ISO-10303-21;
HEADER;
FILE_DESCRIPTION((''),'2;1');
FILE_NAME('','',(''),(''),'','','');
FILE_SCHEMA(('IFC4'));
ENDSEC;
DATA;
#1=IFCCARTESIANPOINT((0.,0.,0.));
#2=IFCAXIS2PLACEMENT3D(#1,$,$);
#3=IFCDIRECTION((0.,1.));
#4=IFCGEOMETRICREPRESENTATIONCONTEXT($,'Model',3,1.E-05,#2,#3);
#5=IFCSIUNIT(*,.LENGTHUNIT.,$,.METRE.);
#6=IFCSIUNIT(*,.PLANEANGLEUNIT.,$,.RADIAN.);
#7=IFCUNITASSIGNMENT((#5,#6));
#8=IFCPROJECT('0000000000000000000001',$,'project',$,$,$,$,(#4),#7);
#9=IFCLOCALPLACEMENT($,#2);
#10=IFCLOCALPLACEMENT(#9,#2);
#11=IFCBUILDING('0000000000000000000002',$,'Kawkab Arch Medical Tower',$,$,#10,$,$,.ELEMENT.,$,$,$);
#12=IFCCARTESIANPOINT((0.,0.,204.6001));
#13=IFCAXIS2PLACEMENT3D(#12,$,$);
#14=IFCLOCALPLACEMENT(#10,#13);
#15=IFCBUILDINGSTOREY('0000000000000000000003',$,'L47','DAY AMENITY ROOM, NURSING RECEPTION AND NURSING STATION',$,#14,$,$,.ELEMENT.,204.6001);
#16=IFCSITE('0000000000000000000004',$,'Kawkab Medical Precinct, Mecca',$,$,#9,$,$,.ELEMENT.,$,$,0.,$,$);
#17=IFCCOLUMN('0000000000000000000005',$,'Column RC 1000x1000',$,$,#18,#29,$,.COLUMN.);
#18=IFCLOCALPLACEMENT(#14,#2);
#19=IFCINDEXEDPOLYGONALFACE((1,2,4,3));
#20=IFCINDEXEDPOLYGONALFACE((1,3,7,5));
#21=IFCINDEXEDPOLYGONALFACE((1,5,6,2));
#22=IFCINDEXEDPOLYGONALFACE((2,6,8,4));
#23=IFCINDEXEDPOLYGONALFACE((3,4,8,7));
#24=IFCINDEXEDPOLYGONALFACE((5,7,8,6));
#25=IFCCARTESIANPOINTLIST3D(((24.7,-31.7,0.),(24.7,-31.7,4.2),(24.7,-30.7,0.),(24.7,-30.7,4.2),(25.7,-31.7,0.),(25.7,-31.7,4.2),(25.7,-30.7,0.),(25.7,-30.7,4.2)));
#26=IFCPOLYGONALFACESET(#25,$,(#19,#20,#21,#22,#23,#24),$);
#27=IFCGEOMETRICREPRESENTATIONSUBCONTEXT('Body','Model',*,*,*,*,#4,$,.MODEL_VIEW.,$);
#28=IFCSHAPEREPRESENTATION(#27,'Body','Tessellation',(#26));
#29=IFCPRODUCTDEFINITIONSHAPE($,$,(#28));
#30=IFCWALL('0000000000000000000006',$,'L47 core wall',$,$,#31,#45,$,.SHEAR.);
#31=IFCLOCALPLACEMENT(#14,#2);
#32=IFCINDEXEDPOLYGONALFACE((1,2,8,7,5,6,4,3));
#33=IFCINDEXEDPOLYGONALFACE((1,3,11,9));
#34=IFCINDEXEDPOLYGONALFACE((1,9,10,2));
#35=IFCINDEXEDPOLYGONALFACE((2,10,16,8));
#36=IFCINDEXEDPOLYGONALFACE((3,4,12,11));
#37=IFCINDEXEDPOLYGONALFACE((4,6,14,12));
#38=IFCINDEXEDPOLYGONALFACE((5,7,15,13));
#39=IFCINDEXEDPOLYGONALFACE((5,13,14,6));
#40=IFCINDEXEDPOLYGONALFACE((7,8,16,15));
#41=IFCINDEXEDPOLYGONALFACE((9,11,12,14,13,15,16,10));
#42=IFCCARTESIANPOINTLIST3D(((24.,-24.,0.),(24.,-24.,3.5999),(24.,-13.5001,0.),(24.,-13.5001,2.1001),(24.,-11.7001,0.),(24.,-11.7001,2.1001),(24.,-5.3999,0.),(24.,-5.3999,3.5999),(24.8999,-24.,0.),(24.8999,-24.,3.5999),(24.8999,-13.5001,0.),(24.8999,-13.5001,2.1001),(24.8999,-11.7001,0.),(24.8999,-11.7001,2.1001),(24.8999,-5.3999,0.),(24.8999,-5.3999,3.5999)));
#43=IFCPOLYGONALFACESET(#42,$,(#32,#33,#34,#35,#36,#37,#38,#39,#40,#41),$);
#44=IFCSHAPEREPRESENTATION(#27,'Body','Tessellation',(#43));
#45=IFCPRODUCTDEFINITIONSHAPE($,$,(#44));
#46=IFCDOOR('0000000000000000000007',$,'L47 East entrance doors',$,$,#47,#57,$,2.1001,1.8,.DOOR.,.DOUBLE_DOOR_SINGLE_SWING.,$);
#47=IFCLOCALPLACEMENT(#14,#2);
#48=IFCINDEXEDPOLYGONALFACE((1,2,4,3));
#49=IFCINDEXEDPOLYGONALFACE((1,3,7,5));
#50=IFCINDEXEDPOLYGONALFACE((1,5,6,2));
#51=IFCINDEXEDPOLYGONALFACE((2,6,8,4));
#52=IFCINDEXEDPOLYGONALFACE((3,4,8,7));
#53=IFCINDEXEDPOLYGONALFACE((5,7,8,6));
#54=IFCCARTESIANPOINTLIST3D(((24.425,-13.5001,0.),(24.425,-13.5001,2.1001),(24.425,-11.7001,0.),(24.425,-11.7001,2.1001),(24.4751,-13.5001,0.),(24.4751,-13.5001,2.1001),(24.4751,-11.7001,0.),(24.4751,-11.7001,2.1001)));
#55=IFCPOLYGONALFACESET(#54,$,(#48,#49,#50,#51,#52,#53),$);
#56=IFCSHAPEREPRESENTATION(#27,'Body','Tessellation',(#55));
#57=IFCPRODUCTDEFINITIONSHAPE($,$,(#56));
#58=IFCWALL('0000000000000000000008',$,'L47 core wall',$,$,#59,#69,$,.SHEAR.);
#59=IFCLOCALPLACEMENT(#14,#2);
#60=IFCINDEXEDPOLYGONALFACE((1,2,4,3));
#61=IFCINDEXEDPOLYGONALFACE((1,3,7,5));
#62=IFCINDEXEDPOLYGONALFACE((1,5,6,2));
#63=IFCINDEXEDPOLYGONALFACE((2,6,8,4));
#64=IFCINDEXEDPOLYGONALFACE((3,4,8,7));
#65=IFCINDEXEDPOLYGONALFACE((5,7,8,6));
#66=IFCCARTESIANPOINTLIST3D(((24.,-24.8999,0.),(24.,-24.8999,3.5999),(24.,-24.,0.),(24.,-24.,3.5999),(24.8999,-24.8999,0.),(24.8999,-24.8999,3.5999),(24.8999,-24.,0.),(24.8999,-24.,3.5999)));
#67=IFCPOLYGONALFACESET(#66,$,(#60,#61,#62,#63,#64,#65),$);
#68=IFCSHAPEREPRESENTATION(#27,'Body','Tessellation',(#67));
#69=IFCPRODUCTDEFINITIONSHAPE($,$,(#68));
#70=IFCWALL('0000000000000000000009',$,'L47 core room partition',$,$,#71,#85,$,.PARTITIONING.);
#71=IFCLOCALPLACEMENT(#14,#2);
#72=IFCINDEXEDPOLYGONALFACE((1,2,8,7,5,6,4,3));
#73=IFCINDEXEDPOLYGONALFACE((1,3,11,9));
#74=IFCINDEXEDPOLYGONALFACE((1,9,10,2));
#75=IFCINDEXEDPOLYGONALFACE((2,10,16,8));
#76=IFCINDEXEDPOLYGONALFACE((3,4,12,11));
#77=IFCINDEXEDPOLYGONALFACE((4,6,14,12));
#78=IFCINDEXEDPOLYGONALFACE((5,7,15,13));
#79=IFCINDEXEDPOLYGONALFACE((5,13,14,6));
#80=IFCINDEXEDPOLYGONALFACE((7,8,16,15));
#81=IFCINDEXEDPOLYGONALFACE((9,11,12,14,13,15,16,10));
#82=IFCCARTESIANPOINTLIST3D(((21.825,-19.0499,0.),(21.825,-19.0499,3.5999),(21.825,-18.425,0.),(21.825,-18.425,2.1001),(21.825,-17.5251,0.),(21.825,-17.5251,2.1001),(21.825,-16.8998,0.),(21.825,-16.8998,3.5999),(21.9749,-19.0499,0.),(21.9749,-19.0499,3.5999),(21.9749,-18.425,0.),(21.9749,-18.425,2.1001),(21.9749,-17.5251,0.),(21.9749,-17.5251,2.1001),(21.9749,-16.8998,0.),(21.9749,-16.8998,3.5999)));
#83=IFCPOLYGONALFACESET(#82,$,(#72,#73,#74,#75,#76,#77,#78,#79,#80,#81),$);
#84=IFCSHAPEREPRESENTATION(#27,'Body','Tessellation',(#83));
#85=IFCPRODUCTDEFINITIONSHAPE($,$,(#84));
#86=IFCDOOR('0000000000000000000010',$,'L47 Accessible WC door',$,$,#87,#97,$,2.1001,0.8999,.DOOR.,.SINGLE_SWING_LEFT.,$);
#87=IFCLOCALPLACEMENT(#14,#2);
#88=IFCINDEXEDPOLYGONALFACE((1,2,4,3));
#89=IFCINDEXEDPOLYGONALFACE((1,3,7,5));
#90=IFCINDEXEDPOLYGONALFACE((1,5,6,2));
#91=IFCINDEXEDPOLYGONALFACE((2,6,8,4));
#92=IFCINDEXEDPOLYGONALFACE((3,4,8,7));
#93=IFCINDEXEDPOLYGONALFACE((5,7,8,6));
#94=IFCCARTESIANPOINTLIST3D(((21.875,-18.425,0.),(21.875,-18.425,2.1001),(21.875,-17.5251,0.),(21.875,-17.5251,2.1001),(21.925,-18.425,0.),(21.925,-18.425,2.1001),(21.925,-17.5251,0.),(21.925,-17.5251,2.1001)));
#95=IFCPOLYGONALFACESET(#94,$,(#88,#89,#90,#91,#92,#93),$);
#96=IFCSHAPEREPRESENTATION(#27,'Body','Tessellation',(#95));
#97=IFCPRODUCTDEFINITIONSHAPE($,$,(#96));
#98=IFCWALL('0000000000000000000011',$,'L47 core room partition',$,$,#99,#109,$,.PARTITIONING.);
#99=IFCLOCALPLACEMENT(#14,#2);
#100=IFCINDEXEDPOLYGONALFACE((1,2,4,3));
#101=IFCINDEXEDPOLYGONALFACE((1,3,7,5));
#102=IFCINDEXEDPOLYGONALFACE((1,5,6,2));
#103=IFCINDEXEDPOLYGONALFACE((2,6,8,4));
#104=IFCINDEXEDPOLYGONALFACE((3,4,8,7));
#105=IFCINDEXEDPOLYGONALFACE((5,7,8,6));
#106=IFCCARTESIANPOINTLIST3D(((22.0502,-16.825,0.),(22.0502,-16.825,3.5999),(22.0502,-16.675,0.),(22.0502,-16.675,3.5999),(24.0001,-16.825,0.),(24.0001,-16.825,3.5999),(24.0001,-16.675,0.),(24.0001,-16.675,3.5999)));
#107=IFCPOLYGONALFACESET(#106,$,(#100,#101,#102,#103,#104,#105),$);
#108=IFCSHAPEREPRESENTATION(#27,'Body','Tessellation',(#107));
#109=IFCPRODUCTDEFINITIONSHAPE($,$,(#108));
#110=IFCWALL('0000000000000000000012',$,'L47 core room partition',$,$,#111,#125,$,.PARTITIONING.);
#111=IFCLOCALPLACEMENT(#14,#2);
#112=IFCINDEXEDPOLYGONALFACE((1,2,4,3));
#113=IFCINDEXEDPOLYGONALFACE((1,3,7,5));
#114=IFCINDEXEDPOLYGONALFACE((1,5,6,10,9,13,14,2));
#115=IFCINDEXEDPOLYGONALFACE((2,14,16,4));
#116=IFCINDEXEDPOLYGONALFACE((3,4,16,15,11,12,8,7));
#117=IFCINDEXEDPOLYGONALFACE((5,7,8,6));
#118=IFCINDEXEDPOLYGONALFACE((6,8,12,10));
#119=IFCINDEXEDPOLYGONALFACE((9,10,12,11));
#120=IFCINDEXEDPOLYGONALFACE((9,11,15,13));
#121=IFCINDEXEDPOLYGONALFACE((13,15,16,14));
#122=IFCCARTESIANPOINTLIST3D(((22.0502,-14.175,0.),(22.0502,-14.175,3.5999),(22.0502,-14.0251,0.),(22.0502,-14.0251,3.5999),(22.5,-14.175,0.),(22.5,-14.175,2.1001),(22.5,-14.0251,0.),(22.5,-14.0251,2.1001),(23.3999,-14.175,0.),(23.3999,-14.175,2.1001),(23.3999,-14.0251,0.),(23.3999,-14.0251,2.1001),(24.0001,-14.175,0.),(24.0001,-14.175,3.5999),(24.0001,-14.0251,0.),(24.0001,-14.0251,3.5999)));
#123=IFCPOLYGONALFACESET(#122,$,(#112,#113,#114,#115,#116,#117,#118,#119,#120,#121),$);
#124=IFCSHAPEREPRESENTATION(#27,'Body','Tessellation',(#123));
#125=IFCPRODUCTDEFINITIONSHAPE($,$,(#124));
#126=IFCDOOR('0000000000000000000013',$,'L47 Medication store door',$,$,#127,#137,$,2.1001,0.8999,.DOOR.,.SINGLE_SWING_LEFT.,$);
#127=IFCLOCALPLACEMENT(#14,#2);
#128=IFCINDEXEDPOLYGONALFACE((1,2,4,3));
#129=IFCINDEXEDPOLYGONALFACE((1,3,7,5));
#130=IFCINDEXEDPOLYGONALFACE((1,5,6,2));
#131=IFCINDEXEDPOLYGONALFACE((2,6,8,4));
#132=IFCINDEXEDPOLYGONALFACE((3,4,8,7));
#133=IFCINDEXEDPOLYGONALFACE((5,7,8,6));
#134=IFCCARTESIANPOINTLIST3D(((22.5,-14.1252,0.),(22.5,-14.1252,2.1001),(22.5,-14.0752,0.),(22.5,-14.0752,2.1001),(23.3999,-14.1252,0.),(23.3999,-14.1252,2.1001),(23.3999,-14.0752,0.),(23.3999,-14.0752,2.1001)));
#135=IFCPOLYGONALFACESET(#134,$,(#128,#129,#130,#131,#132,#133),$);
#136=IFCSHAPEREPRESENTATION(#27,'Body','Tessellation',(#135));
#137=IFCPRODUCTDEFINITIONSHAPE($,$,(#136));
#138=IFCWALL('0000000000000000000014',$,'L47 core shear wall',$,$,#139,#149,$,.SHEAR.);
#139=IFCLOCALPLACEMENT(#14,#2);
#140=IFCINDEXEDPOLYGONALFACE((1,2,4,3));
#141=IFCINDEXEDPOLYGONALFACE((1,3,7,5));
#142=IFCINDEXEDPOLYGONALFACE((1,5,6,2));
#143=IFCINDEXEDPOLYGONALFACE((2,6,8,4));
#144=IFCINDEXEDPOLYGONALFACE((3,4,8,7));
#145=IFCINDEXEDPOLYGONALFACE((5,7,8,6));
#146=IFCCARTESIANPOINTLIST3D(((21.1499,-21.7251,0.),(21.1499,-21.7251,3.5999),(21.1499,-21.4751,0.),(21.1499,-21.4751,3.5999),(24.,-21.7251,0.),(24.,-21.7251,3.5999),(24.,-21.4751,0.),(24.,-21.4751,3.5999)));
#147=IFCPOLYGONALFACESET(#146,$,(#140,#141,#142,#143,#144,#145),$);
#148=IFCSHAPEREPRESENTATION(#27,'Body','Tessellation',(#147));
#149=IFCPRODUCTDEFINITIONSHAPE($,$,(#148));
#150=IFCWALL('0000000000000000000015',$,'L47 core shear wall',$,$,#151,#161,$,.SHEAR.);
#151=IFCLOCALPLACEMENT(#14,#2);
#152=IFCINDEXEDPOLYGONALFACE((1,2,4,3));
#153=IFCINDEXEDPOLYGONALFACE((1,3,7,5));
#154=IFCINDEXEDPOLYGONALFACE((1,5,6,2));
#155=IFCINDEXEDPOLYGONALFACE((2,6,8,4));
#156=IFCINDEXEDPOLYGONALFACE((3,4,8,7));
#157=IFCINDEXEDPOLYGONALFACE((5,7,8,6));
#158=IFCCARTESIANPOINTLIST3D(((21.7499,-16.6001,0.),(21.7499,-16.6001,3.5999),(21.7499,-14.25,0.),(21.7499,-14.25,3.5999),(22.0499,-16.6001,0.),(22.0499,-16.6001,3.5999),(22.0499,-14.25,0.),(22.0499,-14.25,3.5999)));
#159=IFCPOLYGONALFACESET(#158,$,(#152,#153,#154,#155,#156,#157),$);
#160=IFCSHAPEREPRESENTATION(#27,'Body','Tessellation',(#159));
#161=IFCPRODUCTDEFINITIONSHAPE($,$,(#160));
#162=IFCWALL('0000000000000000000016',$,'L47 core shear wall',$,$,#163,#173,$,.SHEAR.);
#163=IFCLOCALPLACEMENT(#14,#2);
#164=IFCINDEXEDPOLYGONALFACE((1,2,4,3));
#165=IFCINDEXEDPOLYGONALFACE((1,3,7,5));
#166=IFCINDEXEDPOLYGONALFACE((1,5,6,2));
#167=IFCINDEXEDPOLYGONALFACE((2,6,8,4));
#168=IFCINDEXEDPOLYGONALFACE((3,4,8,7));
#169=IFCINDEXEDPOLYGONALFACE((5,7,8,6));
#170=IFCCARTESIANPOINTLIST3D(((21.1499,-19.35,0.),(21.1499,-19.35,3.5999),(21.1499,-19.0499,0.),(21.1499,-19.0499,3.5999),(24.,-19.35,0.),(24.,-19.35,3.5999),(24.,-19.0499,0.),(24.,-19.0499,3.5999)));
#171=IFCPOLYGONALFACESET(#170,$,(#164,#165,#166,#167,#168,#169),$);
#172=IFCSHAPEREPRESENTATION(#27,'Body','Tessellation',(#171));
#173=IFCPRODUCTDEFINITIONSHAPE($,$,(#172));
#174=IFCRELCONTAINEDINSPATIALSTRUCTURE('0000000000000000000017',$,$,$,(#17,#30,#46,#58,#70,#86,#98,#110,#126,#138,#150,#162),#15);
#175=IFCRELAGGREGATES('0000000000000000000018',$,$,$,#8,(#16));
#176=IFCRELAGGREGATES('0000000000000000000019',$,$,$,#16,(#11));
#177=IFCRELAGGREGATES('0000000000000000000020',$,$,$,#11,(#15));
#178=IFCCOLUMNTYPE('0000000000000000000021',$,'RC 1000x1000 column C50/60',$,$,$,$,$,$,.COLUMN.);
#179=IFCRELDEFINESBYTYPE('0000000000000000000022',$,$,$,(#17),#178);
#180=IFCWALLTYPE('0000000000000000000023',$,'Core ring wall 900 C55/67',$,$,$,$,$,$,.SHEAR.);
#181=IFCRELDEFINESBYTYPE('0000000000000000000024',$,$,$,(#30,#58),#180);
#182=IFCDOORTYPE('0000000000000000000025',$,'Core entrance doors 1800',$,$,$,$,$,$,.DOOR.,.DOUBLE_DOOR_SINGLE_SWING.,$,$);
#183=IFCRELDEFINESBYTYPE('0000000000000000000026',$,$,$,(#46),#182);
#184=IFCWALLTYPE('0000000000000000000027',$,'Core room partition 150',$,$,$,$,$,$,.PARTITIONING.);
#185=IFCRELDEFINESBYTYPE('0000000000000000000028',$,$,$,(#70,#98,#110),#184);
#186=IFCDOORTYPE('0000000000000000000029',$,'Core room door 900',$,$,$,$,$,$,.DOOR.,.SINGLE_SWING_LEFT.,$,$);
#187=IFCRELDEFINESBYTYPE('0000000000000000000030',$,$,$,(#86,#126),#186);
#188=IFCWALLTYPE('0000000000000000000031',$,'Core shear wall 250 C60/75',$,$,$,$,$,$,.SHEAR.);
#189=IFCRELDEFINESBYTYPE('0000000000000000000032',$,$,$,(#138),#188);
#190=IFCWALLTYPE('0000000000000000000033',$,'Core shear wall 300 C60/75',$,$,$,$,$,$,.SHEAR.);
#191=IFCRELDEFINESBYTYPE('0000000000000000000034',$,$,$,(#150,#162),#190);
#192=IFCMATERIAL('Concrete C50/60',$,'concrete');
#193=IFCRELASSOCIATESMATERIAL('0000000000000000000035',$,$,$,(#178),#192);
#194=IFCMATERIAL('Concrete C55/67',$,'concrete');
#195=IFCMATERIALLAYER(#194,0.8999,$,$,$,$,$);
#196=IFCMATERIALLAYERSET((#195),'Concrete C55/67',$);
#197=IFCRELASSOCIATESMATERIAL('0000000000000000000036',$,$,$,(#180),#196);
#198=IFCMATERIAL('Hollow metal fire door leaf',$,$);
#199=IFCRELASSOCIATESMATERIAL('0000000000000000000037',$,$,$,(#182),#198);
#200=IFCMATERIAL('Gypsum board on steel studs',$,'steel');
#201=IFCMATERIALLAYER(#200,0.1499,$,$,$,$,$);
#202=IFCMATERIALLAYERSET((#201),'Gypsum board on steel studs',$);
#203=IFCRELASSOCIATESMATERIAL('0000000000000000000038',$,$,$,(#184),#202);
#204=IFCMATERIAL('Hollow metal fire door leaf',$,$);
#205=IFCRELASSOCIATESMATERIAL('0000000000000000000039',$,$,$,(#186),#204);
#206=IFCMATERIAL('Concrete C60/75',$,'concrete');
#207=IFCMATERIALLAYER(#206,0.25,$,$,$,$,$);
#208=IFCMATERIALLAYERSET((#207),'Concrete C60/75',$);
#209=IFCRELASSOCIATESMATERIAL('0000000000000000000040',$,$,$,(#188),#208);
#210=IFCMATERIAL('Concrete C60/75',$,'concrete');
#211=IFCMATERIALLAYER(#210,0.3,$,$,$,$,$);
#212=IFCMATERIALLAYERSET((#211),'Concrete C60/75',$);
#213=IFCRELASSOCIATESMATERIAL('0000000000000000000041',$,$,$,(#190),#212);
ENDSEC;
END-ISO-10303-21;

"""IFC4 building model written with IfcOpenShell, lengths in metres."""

from ifc_helpers import new_model, si_unit, direction, frame, frame_2d, origin, origin_2d, place, context, subcontext, project, spatial, rectangle, extrude, material, layer, layer_set, material_profile, profile_set, type_object, element, fill, save


model = new_model("IFC4")

# Units and contexts
model_context = context("Model", 3, precision=1e-05, world=origin(), true_north=direction((0.0, 1.0)))
body_context = subcontext(model_context, "Body", "Model", "MODEL_VIEW")
ifc_project = project(units=[si_unit("LENGTHUNIT", "METRE"), si_unit("PLANEANGLEUNIT", "RADIAN")], contexts=[model_context])

# Site, building, storey
site_placement = place(None, origin())
site = spatial("IfcSite", under=ifc_project, at=site_placement, Name="Kawkab Medical Precinct, Mecca", CompositionType="ELEMENT", RefElevation=0.0)
building_placement = place(site_placement, origin())
building = spatial("IfcBuilding", under=site, at=building_placement, Name="Kawkab Arch Medical Tower", CompositionType="ELEMENT")
storey_placement = place(building_placement, frame((0.0, 0.0, 204.6001)))
storey = spatial("IfcBuildingStorey", under=building, at=storey_placement, Name="L47", Description="DAY AMENITY ROOM, NURSING RECEPTION AND NURSING STATION", CompositionType="ELEMENT", Elevation=204.6001)

# Column
ifc_material_1 = material(Name="Concrete C50/60", Category="concrete")
ifc_material_profile = material_profile(ifc_material_1, rectangle(XDim=1.0, YDim=1.0, at=origin_2d()), Name="RC 1000x1000")
ifc_profile_set = profile_set([ifc_material_profile], Name="Concrete C50/60")
column_type = type_object("IfcColumnType", Name="RC 1000x1000 column C50/60", PredefinedType="COLUMN", material=ifc_profile_set)
column_placement = place(storey_placement, frame((25.2, -31.2, 0.0), z_axis=(0.0, 0.0, 1.0), x_axis=(1.0, 0.0, 0.0)))
element("IfcColumn", 1, at=column_placement, inside=storey, type_object=column_type, Name="Column RC 1000x1000", PredefinedType="COLUMN", context=body_context, shape_type="SweptSolid", body=[
    extrude(rectangle(XDim=1.0, YDim=1.0, at=origin_2d()), origin(), (0.0, 0.0, 1.0), 4.2),
])

# Wall, opening, door
ifc_material_2 = material(Name="Concrete C55/67", Category="concrete")
ifc_layer_1 = layer(ifc_material_2, 0.8999)
ifc_layer_set_1 = layer_set([ifc_layer_1], Name="Concrete C55/67")
wall_type_1 = type_object("IfcWallType", Name="Core ring wall 900 C55/67", PredefinedType="SHEAR", material=ifc_layer_set_1)
wall_1_placement = place(storey_placement, frame((24.45, -24.0, 0.0), z_axis=(0.0, 0.0, 1.0), x_axis=(0.0, 1.0, 0.0)))
wall_1 = element("IfcWall", 2, at=wall_1_placement, inside=storey, type_object=wall_type_1, Name="L47 core wall", PredefinedType="SHEAR", context=body_context, shape_type="SweptSolid", body=[
    extrude(rectangle(XDim=18.6001, YDim=0.8999, at=frame_2d((9.3, 0.0))), origin(), (0.0, 0.0, 1.0), 3.5999),
])
opening_1_placement = place(wall_1_placement, frame((10.5, 0.0, 0.0)))
opening_1 = element("IfcOpeningElement", 3, at=opening_1_placement, cuts=wall_1, PredefinedType="OPENING", context=body_context, shape_type="SweptSolid", body=[
    extrude(rectangle(XDim=1.8, YDim=2.1001, at=frame_2d((0.8999, 1.05))), frame((0.0, 0.46, 0.0), z_axis=(0.0, -1.0, 0.0), x_axis=(1.0, 0.0, 0.0)), (0.0, 0.0, 1.0), 0.9199),
])
ifc_material_3 = material(Name="Hollow metal fire door leaf")
door_type_1 = type_object("IfcDoorType", Name="Core entrance doors 1800", OperationType="DOUBLE_DOOR_SINGLE_SWING", PredefinedType="DOOR", material=ifc_material_3)
door_1_placement = place(opening_1_placement, origin())
door_1 = element("IfcDoor", 4, at=door_1_placement, inside=storey, type_object=door_type_1, Name="L47 East entrance doors", OperationType="DOUBLE_DOOR_SINGLE_SWING", OverallHeight=2.1001, OverallWidth=1.8, PredefinedType="DOOR", context=body_context, shape_type="SweptSolid", body=[
    extrude(rectangle(XDim=1.8, YDim=2.1001, at=frame_2d((0.8999, 1.05))), frame((0.0, 0.0249, 0.0), z_axis=(0.0, -1.0, 0.0), x_axis=(1.0, 0.0, 0.0)), (0.0, 0.0, 1.0), 0.05),
])
fill(opening_1, door_1)

# Wall
wall_2_placement = place(storey_placement, frame((24.45, -24.8999, 0.0), z_axis=(0.0, 0.0, 1.0), x_axis=(0.0, 1.0, 0.0)))
element("IfcWall", 5, at=wall_2_placement, inside=storey, type_object=wall_type_1, Name="L47 core wall", PredefinedType="SHEAR", context=body_context, shape_type="SweptSolid", body=[
    extrude(rectangle(XDim=0.8999, YDim=0.8999, at=frame_2d((0.45, 0.0))), origin(), (0.0, 0.0, 1.0), 3.5999),
])

# Wall, opening, door
ifc_material_4 = material(Name="Gypsum board on steel studs", Category="steel")
ifc_layer_2 = layer(ifc_material_4, 0.1499)
ifc_layer_set_2 = layer_set([ifc_layer_2], Name="Gypsum board on steel studs")
wall_type_2 = type_object("IfcWallType", Name="Core room partition 150", PredefinedType="PARTITIONING", material=ifc_layer_set_2)
wall_3_placement = place(storey_placement, frame((21.8999, -19.05, 0.0), z_axis=(0.0, 0.0, 1.0), x_axis=(0.0, 1.0, 0.0)))
wall_3 = element("IfcWall", 6, at=wall_3_placement, inside=storey, type_object=wall_type_2, Name="L47 core room partition", PredefinedType="PARTITIONING", context=body_context, shape_type="SweptSolid", body=[
    extrude(rectangle(XDim=2.1501, YDim=0.1499, at=frame_2d((1.0752, 0.0))), origin(), (0.0, 0.0, 1.0), 3.5999),
])
opening_2_placement = place(wall_3_placement, frame((0.625, 0.0, 0.0)))
opening_2 = element("IfcOpeningElement", 7, at=opening_2_placement, cuts=wall_3, PredefinedType="OPENING", context=body_context, shape_type="SweptSolid", body=[
    extrude(rectangle(XDim=0.8999, YDim=2.1001, at=frame_2d((0.45, 1.05))), frame((0.0, 0.085, 0.0), z_axis=(0.0, -1.0, 0.0), x_axis=(1.0, 0.0, 0.0)), (0.0, 0.0, 1.0), 0.1699),
])
ifc_material_5 = material(Name="Hollow metal fire door leaf")
door_type_2 = type_object("IfcDoorType", Name="Core room door 900", OperationType="SINGLE_SWING_LEFT", PredefinedType="DOOR", material=ifc_material_5)
door_2_placement = place(opening_2_placement, origin())
door_2 = element("IfcDoor", 8, at=door_2_placement, inside=storey, type_object=door_type_2, Name="L47 Accessible WC door", OperationType="SINGLE_SWING_LEFT", OverallHeight=2.1001, OverallWidth=0.8999, PredefinedType="DOOR", context=body_context, shape_type="SweptSolid", body=[
    extrude(rectangle(XDim=0.8999, YDim=2.1001, at=frame_2d((0.45, 1.05))), frame((0.0, 0.0249, 0.0), z_axis=(0.0, -1.0, 0.0), x_axis=(1.0, 0.0, 0.0)), (0.0, 0.0, 1.0), 0.05),
])
fill(opening_2, door_2)

# Wall
wall_4_placement = place(storey_placement, frame((22.05, -16.75, 0.0), z_axis=(0.0, 0.0, 1.0), x_axis=(1.0, 0.0, 0.0)))
element("IfcWall", 9, at=wall_4_placement, inside=storey, type_object=wall_type_2, Name="L47 core room partition", PredefinedType="PARTITIONING", context=body_context, shape_type="SweptSolid", body=[
    extrude(rectangle(XDim=1.95, YDim=0.1499, at=frame_2d((0.9751, 0.0))), origin(), (0.0, 0.0, 1.0), 3.5999),
])

# Wall, opening, door
wall_5_placement = place(storey_placement, frame((22.05, -14.1001, 0.0), z_axis=(0.0, 0.0, 1.0), x_axis=(1.0, 0.0, 0.0)))
wall_5 = element("IfcWall", 10, at=wall_5_placement, inside=storey, type_object=wall_type_2, Name="L47 core room partition", PredefinedType="PARTITIONING", context=body_context, shape_type="SweptSolid", body=[
    extrude(rectangle(XDim=1.95, YDim=0.1499, at=frame_2d((0.9751, 0.0))), origin(), (0.0, 0.0, 1.0), 3.5999),
])
opening_3_placement = place(wall_5_placement, frame((0.45, 0.0, 0.0)))
opening_3 = element("IfcOpeningElement", 11, at=opening_3_placement, cuts=wall_5, PredefinedType="OPENING", context=body_context, shape_type="SweptSolid", body=[
    extrude(rectangle(XDim=0.8999, YDim=2.1001, at=frame_2d((0.45, 1.05))), frame((0.0, 0.085, 0.0), z_axis=(0.0, -1.0, 0.0), x_axis=(1.0, 0.0, 0.0)), (0.0, 0.0, 1.0), 0.1699),
])
door_3_placement = place(opening_3_placement, origin())
door_3 = element("IfcDoor", 12, at=door_3_placement, inside=storey, type_object=door_type_2, Name="L47 Medication store door", OperationType="SINGLE_SWING_LEFT", OverallHeight=2.1001, OverallWidth=0.8999, PredefinedType="DOOR", context=body_context, shape_type="SweptSolid", body=[
    extrude(rectangle(XDim=0.8999, YDim=2.1001, at=frame_2d((0.45, 1.05))), frame((0.0, 0.0249, 0.0), z_axis=(0.0, -1.0, 0.0), x_axis=(1.0, 0.0, 0.0)), (0.0, 0.0, 1.0), 0.05),
])
fill(opening_3, door_3)

# Walls
ifc_material_6 = material(Name="Concrete C60/75", Category="concrete")
ifc_layer_3 = layer(ifc_material_6, 0.25)
ifc_layer_set_3 = layer_set([ifc_layer_3], Name="Concrete C60/75")
wall_type_3 = type_object("IfcWallType", Name="Core shear wall 250 C60/75", PredefinedType="SHEAR", material=ifc_layer_set_3)
wall_6_placement = place(storey_placement, frame((21.1499, -21.6001, 0.0), z_axis=(0.0, 0.0, 1.0), x_axis=(1.0, 0.0, 0.0)))
element("IfcWall", 13, at=wall_6_placement, inside=storey, type_object=wall_type_3, Name="L47 core shear wall", PredefinedType="SHEAR", context=body_context, shape_type="SweptSolid", body=[
    extrude(rectangle(XDim=2.8501, YDim=0.25, at=frame_2d((1.425, 0.0))), origin(), (0.0, 0.0, 1.0), 3.5999),
])
ifc_material_7 = material(Name="Concrete C60/75", Category="concrete")
ifc_layer_4 = layer(ifc_material_7, 0.3)
ifc_layer_set_4 = layer_set([ifc_layer_4], Name="Concrete C60/75")
wall_type_4 = type_object("IfcWallType", Name="Core shear wall 300 C60/75", PredefinedType="SHEAR", material=ifc_layer_set_4)
wall_7_placement = place(storey_placement, frame((21.8999, -16.6001, 0.0), z_axis=(0.0, 0.0, 1.0), x_axis=(0.0, 1.0, 0.0)))
element("IfcWall", 14, at=wall_7_placement, inside=storey, type_object=wall_type_4, Name="L47 core shear wall", PredefinedType="SHEAR", context=body_context, shape_type="SweptSolid", body=[
    extrude(rectangle(XDim=2.3501, YDim=0.3, at=frame_2d((1.175, 0.0))), origin(), (0.0, 0.0, 1.0), 3.5999),
])
wall_8_placement = place(storey_placement, frame((21.1499, -19.2, 0.0), z_axis=(0.0, 0.0, 1.0), x_axis=(1.0, 0.0, 0.0)))
element("IfcWall", 15, at=wall_8_placement, inside=storey, type_object=wall_type_4, Name="L47 core shear wall", PredefinedType="SHEAR", context=body_context, shape_type="SweptSolid", body=[
    extrude(rectangle(XDim=2.8501, YDim=0.3, at=frame_2d((1.425, 0.0))), origin(), (0.0, 0.0, 1.0), 3.5999),
])

save(model, "model.ifc")
